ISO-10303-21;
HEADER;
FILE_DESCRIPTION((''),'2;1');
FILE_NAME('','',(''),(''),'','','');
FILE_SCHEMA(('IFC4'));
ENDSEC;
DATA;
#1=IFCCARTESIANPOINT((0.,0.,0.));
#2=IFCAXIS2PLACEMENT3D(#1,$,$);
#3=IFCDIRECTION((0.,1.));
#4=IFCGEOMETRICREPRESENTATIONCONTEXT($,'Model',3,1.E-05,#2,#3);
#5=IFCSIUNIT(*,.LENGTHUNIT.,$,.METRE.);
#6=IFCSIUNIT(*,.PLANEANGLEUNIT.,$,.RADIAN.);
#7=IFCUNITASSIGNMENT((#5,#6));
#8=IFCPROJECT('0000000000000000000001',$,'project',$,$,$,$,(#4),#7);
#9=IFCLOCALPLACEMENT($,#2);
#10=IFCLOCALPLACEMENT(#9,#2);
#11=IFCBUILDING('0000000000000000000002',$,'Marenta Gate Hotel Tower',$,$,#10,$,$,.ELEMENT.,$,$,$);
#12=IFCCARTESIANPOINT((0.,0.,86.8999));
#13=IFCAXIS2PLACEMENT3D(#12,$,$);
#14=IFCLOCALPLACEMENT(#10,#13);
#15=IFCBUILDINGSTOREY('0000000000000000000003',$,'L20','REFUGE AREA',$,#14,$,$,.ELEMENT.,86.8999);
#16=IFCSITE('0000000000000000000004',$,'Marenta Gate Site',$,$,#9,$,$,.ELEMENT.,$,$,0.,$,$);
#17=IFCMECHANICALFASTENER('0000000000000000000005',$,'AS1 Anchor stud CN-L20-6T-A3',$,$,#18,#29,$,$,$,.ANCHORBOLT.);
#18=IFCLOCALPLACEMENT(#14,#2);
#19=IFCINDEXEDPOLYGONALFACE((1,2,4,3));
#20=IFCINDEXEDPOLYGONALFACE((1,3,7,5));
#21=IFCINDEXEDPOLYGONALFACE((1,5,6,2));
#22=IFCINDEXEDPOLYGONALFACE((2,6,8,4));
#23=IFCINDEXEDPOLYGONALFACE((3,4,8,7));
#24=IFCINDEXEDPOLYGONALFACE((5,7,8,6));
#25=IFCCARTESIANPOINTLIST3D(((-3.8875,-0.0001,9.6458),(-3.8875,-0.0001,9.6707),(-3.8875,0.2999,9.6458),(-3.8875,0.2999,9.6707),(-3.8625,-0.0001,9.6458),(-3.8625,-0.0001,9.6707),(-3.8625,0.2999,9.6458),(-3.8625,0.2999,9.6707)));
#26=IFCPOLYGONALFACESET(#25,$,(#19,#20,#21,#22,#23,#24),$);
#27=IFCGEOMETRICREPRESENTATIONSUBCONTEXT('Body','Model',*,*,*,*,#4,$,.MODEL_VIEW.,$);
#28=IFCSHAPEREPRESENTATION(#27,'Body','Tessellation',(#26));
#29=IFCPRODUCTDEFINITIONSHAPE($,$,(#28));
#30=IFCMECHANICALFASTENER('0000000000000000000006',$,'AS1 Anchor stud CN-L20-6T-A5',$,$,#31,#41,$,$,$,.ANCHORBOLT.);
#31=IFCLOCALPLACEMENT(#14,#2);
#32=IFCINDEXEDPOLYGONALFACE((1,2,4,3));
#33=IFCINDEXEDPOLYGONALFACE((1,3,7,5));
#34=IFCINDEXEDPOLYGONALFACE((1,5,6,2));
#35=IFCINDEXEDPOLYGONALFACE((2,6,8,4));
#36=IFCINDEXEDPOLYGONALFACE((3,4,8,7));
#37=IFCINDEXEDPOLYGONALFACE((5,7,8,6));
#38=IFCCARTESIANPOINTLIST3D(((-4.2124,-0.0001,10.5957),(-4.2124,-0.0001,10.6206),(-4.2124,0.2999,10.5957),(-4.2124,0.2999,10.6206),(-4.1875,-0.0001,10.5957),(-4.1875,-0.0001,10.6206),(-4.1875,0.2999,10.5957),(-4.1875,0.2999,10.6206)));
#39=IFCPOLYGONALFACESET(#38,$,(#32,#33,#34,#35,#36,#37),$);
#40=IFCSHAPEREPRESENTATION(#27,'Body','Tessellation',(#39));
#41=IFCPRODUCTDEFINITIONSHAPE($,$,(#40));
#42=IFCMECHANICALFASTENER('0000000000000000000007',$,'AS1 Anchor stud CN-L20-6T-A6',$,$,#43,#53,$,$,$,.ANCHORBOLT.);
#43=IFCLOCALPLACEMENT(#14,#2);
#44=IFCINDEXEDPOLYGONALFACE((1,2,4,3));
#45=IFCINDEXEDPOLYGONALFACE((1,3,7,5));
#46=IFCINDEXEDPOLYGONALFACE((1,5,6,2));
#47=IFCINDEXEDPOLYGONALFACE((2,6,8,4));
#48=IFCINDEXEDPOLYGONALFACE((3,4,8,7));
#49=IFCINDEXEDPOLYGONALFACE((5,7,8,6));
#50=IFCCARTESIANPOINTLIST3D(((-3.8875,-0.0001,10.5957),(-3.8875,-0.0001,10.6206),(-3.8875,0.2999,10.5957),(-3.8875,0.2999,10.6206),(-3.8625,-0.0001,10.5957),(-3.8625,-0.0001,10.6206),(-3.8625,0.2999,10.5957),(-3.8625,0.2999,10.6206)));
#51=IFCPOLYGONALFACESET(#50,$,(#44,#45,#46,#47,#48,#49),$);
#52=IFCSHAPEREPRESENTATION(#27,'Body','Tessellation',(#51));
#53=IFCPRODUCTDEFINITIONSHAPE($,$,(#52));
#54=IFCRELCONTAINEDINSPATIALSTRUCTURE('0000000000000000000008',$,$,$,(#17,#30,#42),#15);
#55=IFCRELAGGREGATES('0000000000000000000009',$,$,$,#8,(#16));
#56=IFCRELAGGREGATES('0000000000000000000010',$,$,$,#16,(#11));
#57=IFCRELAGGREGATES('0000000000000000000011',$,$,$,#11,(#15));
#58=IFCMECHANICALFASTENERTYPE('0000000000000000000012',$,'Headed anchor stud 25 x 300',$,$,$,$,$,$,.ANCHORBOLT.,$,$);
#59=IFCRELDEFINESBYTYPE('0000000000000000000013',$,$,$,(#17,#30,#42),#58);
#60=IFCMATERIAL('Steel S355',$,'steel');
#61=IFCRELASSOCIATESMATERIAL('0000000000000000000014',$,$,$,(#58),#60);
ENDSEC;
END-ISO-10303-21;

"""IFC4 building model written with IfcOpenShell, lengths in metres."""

from ifc_helpers import new_model, si_unit, direction, frame, origin, origin_2d, place, context, subcontext, project, spatial, rectangle, extrude, material, type_object, element, save


model = new_model("IFC4")

# Units and contexts
model_context = context("Model", 3, precision=1e-05, world=origin(), true_north=direction((0.0, 1.0)))
body_context = subcontext(model_context, "Body", "Model", "MODEL_VIEW")
ifc_project = project(units=[si_unit("LENGTHUNIT", "METRE"), si_unit("PLANEANGLEUNIT", "RADIAN")], contexts=[model_context])

# Site, building, storey
site_placement = place(None, origin())
site = spatial("IfcSite", under=ifc_project, at=site_placement, Name="Marenta Gate Site", CompositionType="ELEMENT", RefElevation=0.0)
building_placement = place(site_placement, origin())
building = spatial("IfcBuilding", under=site, at=building_placement, Name="Marenta Gate Hotel Tower", CompositionType="ELEMENT")
storey_placement = place(building_placement, frame((0.0, 0.0, 86.8999)))
storey = spatial("IfcBuildingStorey", under=building, at=storey_placement, Name="L20", Description="REFUGE AREA", CompositionType="ELEMENT", Elevation=86.8999)

# Mechanical fasteners
ifc_material_1 = material(Name="Steel S355", Category="steel")
mechanical_fastener_type = type_object("IfcMechanicalFastenerType", Name="Headed anchor stud 25 x 300", PredefinedType="ANCHORBOLT", material=ifc_material_1)
for number, where, z_axis, x_axis, name in (
    (1, (-3.875, 0.1499, 9.6458), (0.0, 0.0, 1.0), (1.0, 0.0, 0.0), "AS1 Anchor stud CN-L20-6T-A3"),
    (2, (-4.2, 0.1499, 10.5957), (0.0, 0.0, 1.0), (1.0, 0.0, 0.0), "AS1 Anchor stud CN-L20-6T-A5"),
    (3, (-3.875, 0.1499, 10.5957), (0.0, 0.0, 1.0), (1.0, 0.0, 0.0), "AS1 Anchor stud CN-L20-6T-A6"),
):
    element("IfcMechanicalFastener", number, at=place(storey_placement, frame(where, z_axis=z_axis, x_axis=x_axis)), inside=storey, type_object=mechanical_fastener_type, Name=name, PredefinedType="ANCHORBOLT", context=body_context, shape_type="SweptSolid", body=[
        extrude(rectangle(XDim=0.0249, YDim=0.3, at=origin_2d()), origin(), (0.0, 0.0, 1.0), 0.0249),
    ])

save(model, "model.ifc")
